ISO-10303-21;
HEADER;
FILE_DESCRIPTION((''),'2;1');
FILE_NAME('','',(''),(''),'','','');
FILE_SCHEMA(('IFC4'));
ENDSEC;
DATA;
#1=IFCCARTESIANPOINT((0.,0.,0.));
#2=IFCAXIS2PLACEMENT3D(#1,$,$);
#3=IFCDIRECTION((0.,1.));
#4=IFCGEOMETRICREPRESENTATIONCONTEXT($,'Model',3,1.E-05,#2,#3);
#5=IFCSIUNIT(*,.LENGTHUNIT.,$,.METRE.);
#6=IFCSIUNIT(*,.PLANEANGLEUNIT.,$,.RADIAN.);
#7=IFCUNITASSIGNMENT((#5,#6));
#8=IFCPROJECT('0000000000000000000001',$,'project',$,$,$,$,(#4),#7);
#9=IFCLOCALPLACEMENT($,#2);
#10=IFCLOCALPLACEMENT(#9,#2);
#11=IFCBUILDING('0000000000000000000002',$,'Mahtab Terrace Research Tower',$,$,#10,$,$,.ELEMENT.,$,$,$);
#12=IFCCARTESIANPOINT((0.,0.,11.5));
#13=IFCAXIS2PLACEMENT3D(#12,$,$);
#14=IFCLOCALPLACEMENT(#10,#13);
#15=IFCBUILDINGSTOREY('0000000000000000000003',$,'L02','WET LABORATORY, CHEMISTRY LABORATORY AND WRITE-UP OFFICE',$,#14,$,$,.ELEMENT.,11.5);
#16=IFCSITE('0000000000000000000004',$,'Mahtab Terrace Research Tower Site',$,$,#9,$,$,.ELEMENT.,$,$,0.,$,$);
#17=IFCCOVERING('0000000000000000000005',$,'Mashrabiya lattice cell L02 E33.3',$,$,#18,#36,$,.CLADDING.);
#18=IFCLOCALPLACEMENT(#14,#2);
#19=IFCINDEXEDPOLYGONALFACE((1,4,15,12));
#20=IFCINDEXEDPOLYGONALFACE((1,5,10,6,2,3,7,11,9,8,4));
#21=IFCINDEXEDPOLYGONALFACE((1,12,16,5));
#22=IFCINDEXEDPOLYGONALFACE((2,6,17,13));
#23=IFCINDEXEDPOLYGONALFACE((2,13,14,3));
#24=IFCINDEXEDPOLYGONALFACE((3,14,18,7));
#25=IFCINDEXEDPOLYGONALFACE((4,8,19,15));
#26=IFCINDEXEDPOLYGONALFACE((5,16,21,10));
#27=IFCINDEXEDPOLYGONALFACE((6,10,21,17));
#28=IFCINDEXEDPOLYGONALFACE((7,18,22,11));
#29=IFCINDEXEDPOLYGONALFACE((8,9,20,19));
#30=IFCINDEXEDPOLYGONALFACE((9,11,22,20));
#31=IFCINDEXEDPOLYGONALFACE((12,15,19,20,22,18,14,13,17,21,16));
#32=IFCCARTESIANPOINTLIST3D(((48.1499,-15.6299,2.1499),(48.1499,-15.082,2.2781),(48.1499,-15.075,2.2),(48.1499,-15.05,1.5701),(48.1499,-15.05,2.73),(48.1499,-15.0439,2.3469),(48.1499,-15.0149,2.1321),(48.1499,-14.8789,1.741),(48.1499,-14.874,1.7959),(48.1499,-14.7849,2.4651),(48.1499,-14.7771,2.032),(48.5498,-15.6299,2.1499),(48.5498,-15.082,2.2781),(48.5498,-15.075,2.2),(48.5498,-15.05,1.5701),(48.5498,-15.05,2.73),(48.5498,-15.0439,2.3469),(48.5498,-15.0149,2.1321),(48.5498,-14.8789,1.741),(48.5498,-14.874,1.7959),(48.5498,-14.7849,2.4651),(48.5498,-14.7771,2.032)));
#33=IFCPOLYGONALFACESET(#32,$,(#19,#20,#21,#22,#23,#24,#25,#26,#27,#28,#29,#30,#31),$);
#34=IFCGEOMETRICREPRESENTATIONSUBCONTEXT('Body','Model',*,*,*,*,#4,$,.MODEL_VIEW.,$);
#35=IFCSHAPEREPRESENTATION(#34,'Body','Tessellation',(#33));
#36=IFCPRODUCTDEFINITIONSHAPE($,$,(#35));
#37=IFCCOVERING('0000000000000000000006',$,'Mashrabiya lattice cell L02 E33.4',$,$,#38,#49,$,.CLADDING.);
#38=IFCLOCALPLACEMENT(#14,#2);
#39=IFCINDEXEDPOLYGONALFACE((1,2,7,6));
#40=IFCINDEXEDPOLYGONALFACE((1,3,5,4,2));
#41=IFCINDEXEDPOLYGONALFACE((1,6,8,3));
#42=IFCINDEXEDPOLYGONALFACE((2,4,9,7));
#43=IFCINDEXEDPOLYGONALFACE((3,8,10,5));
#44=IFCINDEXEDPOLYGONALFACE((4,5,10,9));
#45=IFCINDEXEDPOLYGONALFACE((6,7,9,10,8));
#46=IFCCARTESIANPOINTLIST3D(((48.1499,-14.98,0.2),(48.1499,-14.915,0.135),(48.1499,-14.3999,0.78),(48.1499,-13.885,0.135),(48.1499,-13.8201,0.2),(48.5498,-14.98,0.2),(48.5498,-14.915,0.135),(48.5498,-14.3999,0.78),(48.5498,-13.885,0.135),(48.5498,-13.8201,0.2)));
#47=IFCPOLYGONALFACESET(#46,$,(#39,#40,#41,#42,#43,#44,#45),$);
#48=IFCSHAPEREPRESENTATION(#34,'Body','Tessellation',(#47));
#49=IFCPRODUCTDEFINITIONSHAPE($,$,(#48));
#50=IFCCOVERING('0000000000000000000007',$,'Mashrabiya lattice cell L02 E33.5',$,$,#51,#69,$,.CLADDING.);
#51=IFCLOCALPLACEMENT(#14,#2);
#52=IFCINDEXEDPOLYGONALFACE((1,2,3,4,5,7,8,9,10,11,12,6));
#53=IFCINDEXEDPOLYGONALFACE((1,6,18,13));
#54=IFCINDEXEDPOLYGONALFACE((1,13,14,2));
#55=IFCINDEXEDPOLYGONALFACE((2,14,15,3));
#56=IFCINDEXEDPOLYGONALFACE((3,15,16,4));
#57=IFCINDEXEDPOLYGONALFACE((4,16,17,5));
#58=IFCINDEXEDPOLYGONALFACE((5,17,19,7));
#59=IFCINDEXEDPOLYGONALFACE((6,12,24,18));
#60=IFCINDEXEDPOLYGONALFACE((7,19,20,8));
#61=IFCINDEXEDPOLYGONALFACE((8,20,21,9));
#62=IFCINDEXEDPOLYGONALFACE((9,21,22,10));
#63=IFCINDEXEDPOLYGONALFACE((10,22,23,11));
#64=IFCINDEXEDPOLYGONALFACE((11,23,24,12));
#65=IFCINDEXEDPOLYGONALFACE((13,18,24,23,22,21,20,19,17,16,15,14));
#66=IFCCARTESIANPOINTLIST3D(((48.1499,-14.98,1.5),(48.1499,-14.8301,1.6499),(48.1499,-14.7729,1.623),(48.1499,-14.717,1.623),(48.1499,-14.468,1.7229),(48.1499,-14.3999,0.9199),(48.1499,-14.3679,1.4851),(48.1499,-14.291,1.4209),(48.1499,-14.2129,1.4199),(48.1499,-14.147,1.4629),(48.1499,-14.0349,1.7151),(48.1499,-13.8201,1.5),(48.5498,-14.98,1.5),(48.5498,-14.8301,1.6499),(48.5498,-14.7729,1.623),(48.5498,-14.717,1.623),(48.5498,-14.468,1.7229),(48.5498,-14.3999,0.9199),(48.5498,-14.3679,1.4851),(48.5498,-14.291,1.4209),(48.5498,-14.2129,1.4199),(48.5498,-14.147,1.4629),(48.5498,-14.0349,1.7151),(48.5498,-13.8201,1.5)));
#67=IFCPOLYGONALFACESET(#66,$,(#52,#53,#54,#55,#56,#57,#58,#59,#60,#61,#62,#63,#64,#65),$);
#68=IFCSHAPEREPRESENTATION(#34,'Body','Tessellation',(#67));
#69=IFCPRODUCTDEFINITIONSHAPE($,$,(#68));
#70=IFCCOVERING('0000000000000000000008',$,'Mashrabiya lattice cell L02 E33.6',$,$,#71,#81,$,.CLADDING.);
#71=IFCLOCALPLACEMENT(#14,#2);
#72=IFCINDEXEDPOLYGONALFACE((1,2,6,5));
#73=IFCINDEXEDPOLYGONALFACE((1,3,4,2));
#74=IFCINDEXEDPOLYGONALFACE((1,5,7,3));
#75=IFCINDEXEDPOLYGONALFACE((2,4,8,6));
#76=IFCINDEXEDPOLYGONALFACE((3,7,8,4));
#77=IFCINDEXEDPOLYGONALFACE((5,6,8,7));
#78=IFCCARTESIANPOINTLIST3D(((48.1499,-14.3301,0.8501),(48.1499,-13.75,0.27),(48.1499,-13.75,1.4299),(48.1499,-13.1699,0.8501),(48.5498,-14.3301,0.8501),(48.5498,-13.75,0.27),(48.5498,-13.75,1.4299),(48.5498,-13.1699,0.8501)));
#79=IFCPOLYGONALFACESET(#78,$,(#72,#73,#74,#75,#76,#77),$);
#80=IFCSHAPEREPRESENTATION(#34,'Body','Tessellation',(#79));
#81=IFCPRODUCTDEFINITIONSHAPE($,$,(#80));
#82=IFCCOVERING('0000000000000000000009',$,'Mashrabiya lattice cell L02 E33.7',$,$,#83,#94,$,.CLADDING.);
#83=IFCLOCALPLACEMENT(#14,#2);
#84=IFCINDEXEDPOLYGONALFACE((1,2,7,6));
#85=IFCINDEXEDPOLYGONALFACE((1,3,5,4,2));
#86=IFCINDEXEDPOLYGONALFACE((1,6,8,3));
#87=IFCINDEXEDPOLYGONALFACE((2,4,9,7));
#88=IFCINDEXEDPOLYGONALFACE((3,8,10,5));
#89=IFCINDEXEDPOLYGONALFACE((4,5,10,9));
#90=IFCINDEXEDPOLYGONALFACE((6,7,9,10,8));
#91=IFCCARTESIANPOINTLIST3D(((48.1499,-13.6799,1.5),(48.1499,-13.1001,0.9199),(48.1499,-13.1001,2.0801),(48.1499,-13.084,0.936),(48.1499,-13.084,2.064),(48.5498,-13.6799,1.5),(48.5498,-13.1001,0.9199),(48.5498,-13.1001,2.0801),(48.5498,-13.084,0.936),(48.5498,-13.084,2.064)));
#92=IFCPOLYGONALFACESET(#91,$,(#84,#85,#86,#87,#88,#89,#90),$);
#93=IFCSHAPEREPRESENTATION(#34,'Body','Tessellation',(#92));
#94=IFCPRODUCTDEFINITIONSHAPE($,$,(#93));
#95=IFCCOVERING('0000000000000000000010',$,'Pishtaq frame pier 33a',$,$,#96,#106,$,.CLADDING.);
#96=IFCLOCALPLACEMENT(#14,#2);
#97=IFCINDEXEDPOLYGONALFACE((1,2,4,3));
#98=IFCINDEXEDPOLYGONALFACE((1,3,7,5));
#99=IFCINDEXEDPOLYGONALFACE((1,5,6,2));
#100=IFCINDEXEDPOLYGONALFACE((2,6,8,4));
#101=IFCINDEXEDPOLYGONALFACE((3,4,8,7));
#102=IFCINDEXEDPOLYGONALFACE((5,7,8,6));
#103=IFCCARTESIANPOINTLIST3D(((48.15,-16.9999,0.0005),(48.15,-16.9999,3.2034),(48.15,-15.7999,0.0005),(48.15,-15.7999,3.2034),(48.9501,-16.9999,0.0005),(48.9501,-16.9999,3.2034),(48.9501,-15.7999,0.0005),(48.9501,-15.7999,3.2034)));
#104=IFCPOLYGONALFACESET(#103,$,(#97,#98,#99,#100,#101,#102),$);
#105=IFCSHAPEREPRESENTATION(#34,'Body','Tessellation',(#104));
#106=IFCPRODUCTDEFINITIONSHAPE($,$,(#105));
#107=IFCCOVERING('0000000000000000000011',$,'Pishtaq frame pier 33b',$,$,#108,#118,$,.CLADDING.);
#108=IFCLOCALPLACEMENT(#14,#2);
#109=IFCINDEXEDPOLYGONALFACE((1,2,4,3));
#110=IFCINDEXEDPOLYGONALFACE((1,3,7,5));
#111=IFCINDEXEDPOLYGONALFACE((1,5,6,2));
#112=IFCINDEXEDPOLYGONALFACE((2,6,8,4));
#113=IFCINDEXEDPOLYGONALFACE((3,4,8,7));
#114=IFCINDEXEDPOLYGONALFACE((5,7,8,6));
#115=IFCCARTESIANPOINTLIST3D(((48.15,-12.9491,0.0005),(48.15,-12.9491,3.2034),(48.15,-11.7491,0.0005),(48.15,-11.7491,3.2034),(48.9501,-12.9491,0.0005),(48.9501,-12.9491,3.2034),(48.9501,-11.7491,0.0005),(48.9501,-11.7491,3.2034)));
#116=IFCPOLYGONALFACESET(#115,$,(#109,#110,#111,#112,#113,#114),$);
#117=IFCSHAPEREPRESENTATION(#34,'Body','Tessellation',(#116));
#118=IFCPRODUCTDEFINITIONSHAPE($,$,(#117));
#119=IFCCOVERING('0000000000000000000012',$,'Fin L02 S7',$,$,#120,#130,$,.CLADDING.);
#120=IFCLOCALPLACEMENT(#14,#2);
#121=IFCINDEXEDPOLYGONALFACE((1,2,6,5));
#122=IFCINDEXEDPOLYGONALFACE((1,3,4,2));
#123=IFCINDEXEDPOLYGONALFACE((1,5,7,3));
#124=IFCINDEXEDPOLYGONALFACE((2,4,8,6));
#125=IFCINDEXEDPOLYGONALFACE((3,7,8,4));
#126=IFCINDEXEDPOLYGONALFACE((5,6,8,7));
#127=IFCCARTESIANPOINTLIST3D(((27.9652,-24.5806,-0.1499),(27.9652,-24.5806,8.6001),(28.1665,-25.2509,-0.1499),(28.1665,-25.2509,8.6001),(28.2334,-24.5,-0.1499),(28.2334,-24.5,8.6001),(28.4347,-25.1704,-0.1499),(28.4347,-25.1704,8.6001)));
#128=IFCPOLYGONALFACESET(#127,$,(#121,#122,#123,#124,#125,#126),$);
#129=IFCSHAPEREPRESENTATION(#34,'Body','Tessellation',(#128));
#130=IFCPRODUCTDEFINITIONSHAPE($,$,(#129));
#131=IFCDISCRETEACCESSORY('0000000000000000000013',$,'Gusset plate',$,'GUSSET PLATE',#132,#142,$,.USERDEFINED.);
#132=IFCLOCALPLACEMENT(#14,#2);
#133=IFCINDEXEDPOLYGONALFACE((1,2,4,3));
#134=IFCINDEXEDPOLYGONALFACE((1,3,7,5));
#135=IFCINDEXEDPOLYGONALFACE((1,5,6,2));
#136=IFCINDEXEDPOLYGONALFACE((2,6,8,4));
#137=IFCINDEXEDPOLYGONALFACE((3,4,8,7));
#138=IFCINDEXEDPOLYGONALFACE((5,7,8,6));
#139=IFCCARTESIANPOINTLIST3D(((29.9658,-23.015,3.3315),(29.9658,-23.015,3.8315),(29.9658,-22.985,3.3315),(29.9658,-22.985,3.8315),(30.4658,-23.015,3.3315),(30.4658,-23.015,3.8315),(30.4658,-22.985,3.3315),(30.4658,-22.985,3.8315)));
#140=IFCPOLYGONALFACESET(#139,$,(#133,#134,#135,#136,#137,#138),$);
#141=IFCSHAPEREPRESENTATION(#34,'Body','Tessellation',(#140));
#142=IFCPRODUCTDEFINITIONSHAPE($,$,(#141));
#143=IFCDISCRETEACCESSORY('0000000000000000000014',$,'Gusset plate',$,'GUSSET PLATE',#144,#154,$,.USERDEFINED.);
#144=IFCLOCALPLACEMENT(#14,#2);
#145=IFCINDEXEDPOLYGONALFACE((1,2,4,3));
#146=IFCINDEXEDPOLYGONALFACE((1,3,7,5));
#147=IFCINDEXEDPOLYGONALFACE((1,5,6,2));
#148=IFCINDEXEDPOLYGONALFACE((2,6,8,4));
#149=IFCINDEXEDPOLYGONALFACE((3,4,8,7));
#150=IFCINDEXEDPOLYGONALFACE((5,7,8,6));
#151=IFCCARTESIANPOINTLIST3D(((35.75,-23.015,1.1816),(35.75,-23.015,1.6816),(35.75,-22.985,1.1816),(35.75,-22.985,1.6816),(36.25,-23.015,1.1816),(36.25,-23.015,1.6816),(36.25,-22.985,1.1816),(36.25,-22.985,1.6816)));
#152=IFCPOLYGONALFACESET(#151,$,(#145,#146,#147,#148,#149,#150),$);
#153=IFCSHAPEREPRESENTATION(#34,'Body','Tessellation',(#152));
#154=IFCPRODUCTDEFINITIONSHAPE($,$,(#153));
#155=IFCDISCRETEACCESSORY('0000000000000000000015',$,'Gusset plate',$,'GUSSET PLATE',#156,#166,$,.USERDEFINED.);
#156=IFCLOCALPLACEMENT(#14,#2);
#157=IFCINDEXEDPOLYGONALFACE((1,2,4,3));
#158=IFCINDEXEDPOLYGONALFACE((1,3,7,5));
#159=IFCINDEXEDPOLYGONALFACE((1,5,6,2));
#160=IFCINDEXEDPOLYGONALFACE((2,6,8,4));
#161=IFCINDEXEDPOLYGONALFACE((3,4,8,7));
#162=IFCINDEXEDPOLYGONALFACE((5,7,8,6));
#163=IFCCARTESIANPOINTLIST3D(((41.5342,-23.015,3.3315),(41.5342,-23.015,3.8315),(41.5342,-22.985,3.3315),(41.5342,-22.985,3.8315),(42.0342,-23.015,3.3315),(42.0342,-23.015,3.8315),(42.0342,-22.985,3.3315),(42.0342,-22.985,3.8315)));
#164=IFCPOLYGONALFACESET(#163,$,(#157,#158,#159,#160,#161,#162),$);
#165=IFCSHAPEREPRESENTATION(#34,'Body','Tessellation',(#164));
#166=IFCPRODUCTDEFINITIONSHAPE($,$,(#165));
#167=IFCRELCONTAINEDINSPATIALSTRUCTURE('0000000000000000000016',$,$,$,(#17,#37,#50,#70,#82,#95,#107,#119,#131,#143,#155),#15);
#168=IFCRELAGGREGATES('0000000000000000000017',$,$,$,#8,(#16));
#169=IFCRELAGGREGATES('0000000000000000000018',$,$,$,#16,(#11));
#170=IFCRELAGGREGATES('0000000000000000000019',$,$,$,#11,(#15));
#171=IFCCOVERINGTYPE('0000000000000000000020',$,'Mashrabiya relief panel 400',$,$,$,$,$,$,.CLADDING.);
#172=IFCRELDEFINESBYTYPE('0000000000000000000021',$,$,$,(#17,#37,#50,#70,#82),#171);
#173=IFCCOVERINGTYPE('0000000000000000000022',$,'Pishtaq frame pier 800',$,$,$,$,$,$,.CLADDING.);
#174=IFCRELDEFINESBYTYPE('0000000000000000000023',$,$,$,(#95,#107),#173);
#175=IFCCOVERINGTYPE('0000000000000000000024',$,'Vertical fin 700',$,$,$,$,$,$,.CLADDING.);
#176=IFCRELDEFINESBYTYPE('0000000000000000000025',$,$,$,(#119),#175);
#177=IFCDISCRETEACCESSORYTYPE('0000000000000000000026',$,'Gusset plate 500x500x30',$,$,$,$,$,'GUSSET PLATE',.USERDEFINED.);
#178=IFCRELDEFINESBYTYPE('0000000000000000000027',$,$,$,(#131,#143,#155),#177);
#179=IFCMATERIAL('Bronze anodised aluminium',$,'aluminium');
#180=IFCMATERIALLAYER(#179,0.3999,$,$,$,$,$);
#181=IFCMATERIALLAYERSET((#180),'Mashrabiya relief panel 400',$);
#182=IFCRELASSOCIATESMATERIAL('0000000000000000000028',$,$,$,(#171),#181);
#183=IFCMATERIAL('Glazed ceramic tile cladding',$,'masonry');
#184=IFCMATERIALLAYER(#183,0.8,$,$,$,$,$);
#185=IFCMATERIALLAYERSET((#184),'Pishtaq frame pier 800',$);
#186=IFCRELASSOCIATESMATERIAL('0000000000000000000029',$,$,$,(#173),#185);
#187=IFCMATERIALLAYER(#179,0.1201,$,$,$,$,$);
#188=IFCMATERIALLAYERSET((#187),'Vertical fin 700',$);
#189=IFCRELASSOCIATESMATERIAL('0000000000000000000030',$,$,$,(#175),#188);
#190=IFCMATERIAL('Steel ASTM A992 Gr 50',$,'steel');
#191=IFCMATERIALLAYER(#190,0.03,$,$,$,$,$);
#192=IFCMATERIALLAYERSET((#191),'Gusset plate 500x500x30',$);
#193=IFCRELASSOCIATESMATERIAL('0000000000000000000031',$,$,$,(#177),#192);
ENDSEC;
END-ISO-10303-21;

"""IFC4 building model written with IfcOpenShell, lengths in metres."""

from ifc_helpers import new_model, si_unit, direction, frame, origin, origin_2d, place, context, subcontext, project, spatial, polyline, rectangle, outline, extrude, material, layer, layer_set, type_object, element, save


model = new_model("IFC4")

# Units and contexts
model_context = context("Model", 3, precision=1e-05, world=origin(), true_north=direction((0.0, 1.0)))
body_context = subcontext(model_context, "Body", "Model", "MODEL_VIEW")
ifc_project = project(units=[si_unit("LENGTHUNIT", "METRE"), si_unit("PLANEANGLEUNIT", "RADIAN")], contexts=[model_context])

# Site, building, storey
site_placement = place(None, origin())
site = spatial("IfcSite", under=ifc_project, at=site_placement, Name="Mahtab Terrace Research Tower Site", CompositionType="ELEMENT", RefElevation=0.0)
building_placement = place(site_placement, origin())
building = spatial("IfcBuilding", under=site, at=building_placement, Name="Mahtab Terrace Research Tower", CompositionType="ELEMENT")
storey_placement = place(building_placement, frame((0.0, 0.0, 11.5)))
storey = spatial("IfcBuildingStorey", under=building, at=storey_placement, Name="L02", Description="WET LABORATORY, CHEMISTRY LABORATORY AND WRITE-UP OFFICE", CompositionType="ELEMENT", Elevation=11.5)

# Shared definitions
ifc_material_1 = material(Name="Steel ASTM A992 Gr 50", Category="steel")

# Coverings
ifc_material_2 = material(Name="Bronze anodised aluminium", Category="aluminium")
ifc_layer_1 = layer(ifc_material_2, 0.3999)
ifc_layer_set_1 = layer_set([ifc_layer_1], Name="Mashrabiya relief panel 400")
covering_type_1 = type_object("IfcCoveringType", Name="Mashrabiya relief panel 400", PredefinedType="CLADDING", material=ifc_layer_set_1)
covering_1_placement = place(storey_placement, frame((48.1499, -15.05, 1.5701), z_axis=(-1.0, 0.0, 0.0), x_axis=(0.0, -0.707107, 0.707107)))
element("IfcCovering", 1, at=covering_1_placement, inside=storey, type_object=covering_type_1, Name="Mashrabiya lattice cell L02 E33.3", PredefinedType="CLADDING", context=body_context, shape_type="SweptSolid", body=[
    extrude(outline(polyline([(0.0, 0.0), (0.82, 0.0), (0.8202, 0.8202), (0.4454, 0.8204), (0.545, 0.5536), (0.5233, 0.478), (0.463, 0.4278), (0.3725, 0.4223), (0.1336, 0.5196), (0.0352, 0.2842), (-0.0002, 0.2419), (0.0, 0.0)])), origin(), (0.0, 0.0, -1.0), 0.3999),
])
covering_2_placement = place(storey_placement, frame((48.1499, -14.98, 0.2), z_axis=(-1.0, 0.0, 0.0), x_axis=(0.0, 0.707107, 0.707107)))
element("IfcCovering", 2, at=covering_2_placement, inside=storey, type_object=covering_type_1, Name="Mashrabiya lattice cell L02 E33.4", PredefinedType="CLADDING", context=body_context, shape_type="SweptSolid", body=[
    extrude(outline(polyline([(0.0, 0.0), (0.8204, 0.0), (0.8202, 0.8202), (0.7283, 0.8202), (0.0, 0.0918), (0.0, 0.0)])), origin(), (0.0, 0.0, -1.0), 0.3999),
])
covering_3_placement = place(storey_placement, frame((48.1499, -13.8201, 1.5), z_axis=(-1.0, 0.0, 0.0), x_axis=(0.0, -0.706958, -0.707256)))
element("IfcCovering", 3, at=covering_3_placement, inside=storey, type_object=covering_type_1, Name="Mashrabiya lattice cell L02 E33.5", PredefinedType="CLADDING", context=body_context, shape_type="SweptSolid", body=[
    extrude(outline(polyline([(0.0, 0.0), (0.8202, 0.0), (0.82, 0.8204), (0.608, 0.8203), (0.5866, 0.7609), (0.5471, 0.7214), (0.3004, 0.6158), (0.3978, 0.3769), (0.3889, 0.2772), (0.3343, 0.2212), (0.2574, 0.205), (-0.0002, 0.304), (0.0, 0.0)])), origin(), (0.0, 0.0, -1.0), 0.3999),
])
covering_4_placement = place(storey_placement, frame((48.1499, -13.75, 1.4299), z_axis=(-1.0, 0.0, 0.0), x_axis=(0.0, 0.707256, -0.706958)))
element("IfcCovering", 4, at=covering_4_placement, inside=storey, type_object=covering_type_1, Name="Mashrabiya lattice cell L02 E33.6", PredefinedType="CLADDING", context=body_context, shape_type="SweptSolid", body=[
    extrude(outline(polyline([(0.0, 0.0), (0.8202, 0.0), (0.82, 0.8204), (-0.0003, 0.8202), (0.0, 0.0)])), origin(), (0.0, 0.0, -1.0), 0.3999),
])
covering_5_placement = place(storey_placement, frame((48.1499, -13.1001, 0.9199), z_axis=(-1.0, 0.0, 0.0), x_axis=(0.0, -0.706958, 0.707256)))
element("IfcCovering", 5, at=covering_5_placement, inside=storey, type_object=covering_type_1, Name="Mashrabiya lattice cell L02 E33.7", PredefinedType="CLADDING", context=body_context, shape_type="SweptSolid", body=[
    extrude(outline(polyline([(0.0, 0.0), (0.8202, 0.0), (0.8205, 0.8202), (0.7977, 0.8202), (0.0, 0.0228), (0.0, 0.0)])), origin(), (0.0, 0.0, -1.0), 0.3999),
])
ifc_material_3 = material(Name="Glazed ceramic tile cladding", Category="masonry")
ifc_layer_2 = layer(ifc_material_3, 0.8)
ifc_layer_set_2 = layer_set([ifc_layer_2], Name="Pishtaq frame pier 800")
covering_type_2 = type_object("IfcCoveringType", Name="Pishtaq frame pier 800", PredefinedType="CLADDING", material=ifc_layer_set_2)
for number, where, z_axis, x_axis, name in (
    (6, (48.55, -16.3999, 0.0005), (0.0, 0.0, 1.0), (0.0, 1.0, 0.0), "Pishtaq frame pier 33a"),
    (7, (48.55, -12.3491, 0.0005), (0.0, 0.0, 1.0), (0.0, 1.0, 0.0), "Pishtaq frame pier 33b"),
):
    element("IfcCovering", number, at=place(storey_placement, frame(where, z_axis=z_axis, x_axis=x_axis)), inside=storey, type_object=covering_type_2, Name=name, PredefinedType="CLADDING", context=body_context, shape_type="SweptSolid", body=[
        extrude(rectangle(XDim=1.2, YDim=0.8, at=origin_2d()), origin(), (0.0, 0.0, 1.0), 3.2029),
    ])
ifc_layer_3 = layer(ifc_material_2, 0.1201)
ifc_layer_set_3 = layer_set([ifc_layer_3], Name="Vertical fin 700")
covering_type_3 = type_object("IfcCoveringType", Name="Vertical fin 700", PredefinedType="CLADDING", material=ifc_layer_set_3)
covering_6_placement = place(storey_placement, frame((28.2, -24.8755, -0.1499), z_axis=(0.0, 0.0, 1.0), x_axis=(0.957751, 0.287599, 0.0)))
element("IfcCovering", 8, at=covering_6_placement, inside=storey, type_object=covering_type_3, Name="Fin L02 S7", PredefinedType="CLADDING", context=body_context, shape_type="SweptSolid", body=[
    extrude(rectangle(XDim=0.28, YDim=0.7, at=origin_2d()), origin(), (0.0, 0.0, 1.0), 8.75),
])

# Discrete accessories
ifc_layer_4 = layer(ifc_material_1, 0.03)
ifc_layer_set_4 = layer_set([ifc_layer_4], Name="Gusset plate 500x500x30")
discrete_accessory_type = type_object("IfcDiscreteAccessoryType", Name="Gusset plate 500x500x30", ElementType="GUSSET PLATE", PredefinedType="USERDEFINED", material=ifc_layer_set_4)
for number, where, z_axis, x_axis, name in (
    (9, (30.2158, -23.0, 3.3315), (0.0, 0.0, 1.0), (1.0, 0.0, 0.0), "Gusset plate"),
    (10, (36.0, -23.0, 1.1816), (0.0, 0.0, 1.0), (1.0, 0.0, 0.0), "Gusset plate"),
    (11, (41.7842, -23.0, 3.3315), (0.0, 0.0, 1.0), (1.0, 0.0, 0.0), "Gusset plate"),
):
    element("IfcDiscreteAccessory", number, at=place(storey_placement, frame(where, z_axis=z_axis, x_axis=x_axis)), inside=storey, type_object=discrete_accessory_type, Name=name, ObjectType="GUSSET PLATE", PredefinedType="USERDEFINED", context=body_context, shape_type="SweptSolid", body=[
        extrude(rectangle(XDim=0.5, YDim=0.03, at=origin_2d()), origin(), (0.0, 0.0, 1.0), 0.5),
    ])

save(model, "model.ifc")
